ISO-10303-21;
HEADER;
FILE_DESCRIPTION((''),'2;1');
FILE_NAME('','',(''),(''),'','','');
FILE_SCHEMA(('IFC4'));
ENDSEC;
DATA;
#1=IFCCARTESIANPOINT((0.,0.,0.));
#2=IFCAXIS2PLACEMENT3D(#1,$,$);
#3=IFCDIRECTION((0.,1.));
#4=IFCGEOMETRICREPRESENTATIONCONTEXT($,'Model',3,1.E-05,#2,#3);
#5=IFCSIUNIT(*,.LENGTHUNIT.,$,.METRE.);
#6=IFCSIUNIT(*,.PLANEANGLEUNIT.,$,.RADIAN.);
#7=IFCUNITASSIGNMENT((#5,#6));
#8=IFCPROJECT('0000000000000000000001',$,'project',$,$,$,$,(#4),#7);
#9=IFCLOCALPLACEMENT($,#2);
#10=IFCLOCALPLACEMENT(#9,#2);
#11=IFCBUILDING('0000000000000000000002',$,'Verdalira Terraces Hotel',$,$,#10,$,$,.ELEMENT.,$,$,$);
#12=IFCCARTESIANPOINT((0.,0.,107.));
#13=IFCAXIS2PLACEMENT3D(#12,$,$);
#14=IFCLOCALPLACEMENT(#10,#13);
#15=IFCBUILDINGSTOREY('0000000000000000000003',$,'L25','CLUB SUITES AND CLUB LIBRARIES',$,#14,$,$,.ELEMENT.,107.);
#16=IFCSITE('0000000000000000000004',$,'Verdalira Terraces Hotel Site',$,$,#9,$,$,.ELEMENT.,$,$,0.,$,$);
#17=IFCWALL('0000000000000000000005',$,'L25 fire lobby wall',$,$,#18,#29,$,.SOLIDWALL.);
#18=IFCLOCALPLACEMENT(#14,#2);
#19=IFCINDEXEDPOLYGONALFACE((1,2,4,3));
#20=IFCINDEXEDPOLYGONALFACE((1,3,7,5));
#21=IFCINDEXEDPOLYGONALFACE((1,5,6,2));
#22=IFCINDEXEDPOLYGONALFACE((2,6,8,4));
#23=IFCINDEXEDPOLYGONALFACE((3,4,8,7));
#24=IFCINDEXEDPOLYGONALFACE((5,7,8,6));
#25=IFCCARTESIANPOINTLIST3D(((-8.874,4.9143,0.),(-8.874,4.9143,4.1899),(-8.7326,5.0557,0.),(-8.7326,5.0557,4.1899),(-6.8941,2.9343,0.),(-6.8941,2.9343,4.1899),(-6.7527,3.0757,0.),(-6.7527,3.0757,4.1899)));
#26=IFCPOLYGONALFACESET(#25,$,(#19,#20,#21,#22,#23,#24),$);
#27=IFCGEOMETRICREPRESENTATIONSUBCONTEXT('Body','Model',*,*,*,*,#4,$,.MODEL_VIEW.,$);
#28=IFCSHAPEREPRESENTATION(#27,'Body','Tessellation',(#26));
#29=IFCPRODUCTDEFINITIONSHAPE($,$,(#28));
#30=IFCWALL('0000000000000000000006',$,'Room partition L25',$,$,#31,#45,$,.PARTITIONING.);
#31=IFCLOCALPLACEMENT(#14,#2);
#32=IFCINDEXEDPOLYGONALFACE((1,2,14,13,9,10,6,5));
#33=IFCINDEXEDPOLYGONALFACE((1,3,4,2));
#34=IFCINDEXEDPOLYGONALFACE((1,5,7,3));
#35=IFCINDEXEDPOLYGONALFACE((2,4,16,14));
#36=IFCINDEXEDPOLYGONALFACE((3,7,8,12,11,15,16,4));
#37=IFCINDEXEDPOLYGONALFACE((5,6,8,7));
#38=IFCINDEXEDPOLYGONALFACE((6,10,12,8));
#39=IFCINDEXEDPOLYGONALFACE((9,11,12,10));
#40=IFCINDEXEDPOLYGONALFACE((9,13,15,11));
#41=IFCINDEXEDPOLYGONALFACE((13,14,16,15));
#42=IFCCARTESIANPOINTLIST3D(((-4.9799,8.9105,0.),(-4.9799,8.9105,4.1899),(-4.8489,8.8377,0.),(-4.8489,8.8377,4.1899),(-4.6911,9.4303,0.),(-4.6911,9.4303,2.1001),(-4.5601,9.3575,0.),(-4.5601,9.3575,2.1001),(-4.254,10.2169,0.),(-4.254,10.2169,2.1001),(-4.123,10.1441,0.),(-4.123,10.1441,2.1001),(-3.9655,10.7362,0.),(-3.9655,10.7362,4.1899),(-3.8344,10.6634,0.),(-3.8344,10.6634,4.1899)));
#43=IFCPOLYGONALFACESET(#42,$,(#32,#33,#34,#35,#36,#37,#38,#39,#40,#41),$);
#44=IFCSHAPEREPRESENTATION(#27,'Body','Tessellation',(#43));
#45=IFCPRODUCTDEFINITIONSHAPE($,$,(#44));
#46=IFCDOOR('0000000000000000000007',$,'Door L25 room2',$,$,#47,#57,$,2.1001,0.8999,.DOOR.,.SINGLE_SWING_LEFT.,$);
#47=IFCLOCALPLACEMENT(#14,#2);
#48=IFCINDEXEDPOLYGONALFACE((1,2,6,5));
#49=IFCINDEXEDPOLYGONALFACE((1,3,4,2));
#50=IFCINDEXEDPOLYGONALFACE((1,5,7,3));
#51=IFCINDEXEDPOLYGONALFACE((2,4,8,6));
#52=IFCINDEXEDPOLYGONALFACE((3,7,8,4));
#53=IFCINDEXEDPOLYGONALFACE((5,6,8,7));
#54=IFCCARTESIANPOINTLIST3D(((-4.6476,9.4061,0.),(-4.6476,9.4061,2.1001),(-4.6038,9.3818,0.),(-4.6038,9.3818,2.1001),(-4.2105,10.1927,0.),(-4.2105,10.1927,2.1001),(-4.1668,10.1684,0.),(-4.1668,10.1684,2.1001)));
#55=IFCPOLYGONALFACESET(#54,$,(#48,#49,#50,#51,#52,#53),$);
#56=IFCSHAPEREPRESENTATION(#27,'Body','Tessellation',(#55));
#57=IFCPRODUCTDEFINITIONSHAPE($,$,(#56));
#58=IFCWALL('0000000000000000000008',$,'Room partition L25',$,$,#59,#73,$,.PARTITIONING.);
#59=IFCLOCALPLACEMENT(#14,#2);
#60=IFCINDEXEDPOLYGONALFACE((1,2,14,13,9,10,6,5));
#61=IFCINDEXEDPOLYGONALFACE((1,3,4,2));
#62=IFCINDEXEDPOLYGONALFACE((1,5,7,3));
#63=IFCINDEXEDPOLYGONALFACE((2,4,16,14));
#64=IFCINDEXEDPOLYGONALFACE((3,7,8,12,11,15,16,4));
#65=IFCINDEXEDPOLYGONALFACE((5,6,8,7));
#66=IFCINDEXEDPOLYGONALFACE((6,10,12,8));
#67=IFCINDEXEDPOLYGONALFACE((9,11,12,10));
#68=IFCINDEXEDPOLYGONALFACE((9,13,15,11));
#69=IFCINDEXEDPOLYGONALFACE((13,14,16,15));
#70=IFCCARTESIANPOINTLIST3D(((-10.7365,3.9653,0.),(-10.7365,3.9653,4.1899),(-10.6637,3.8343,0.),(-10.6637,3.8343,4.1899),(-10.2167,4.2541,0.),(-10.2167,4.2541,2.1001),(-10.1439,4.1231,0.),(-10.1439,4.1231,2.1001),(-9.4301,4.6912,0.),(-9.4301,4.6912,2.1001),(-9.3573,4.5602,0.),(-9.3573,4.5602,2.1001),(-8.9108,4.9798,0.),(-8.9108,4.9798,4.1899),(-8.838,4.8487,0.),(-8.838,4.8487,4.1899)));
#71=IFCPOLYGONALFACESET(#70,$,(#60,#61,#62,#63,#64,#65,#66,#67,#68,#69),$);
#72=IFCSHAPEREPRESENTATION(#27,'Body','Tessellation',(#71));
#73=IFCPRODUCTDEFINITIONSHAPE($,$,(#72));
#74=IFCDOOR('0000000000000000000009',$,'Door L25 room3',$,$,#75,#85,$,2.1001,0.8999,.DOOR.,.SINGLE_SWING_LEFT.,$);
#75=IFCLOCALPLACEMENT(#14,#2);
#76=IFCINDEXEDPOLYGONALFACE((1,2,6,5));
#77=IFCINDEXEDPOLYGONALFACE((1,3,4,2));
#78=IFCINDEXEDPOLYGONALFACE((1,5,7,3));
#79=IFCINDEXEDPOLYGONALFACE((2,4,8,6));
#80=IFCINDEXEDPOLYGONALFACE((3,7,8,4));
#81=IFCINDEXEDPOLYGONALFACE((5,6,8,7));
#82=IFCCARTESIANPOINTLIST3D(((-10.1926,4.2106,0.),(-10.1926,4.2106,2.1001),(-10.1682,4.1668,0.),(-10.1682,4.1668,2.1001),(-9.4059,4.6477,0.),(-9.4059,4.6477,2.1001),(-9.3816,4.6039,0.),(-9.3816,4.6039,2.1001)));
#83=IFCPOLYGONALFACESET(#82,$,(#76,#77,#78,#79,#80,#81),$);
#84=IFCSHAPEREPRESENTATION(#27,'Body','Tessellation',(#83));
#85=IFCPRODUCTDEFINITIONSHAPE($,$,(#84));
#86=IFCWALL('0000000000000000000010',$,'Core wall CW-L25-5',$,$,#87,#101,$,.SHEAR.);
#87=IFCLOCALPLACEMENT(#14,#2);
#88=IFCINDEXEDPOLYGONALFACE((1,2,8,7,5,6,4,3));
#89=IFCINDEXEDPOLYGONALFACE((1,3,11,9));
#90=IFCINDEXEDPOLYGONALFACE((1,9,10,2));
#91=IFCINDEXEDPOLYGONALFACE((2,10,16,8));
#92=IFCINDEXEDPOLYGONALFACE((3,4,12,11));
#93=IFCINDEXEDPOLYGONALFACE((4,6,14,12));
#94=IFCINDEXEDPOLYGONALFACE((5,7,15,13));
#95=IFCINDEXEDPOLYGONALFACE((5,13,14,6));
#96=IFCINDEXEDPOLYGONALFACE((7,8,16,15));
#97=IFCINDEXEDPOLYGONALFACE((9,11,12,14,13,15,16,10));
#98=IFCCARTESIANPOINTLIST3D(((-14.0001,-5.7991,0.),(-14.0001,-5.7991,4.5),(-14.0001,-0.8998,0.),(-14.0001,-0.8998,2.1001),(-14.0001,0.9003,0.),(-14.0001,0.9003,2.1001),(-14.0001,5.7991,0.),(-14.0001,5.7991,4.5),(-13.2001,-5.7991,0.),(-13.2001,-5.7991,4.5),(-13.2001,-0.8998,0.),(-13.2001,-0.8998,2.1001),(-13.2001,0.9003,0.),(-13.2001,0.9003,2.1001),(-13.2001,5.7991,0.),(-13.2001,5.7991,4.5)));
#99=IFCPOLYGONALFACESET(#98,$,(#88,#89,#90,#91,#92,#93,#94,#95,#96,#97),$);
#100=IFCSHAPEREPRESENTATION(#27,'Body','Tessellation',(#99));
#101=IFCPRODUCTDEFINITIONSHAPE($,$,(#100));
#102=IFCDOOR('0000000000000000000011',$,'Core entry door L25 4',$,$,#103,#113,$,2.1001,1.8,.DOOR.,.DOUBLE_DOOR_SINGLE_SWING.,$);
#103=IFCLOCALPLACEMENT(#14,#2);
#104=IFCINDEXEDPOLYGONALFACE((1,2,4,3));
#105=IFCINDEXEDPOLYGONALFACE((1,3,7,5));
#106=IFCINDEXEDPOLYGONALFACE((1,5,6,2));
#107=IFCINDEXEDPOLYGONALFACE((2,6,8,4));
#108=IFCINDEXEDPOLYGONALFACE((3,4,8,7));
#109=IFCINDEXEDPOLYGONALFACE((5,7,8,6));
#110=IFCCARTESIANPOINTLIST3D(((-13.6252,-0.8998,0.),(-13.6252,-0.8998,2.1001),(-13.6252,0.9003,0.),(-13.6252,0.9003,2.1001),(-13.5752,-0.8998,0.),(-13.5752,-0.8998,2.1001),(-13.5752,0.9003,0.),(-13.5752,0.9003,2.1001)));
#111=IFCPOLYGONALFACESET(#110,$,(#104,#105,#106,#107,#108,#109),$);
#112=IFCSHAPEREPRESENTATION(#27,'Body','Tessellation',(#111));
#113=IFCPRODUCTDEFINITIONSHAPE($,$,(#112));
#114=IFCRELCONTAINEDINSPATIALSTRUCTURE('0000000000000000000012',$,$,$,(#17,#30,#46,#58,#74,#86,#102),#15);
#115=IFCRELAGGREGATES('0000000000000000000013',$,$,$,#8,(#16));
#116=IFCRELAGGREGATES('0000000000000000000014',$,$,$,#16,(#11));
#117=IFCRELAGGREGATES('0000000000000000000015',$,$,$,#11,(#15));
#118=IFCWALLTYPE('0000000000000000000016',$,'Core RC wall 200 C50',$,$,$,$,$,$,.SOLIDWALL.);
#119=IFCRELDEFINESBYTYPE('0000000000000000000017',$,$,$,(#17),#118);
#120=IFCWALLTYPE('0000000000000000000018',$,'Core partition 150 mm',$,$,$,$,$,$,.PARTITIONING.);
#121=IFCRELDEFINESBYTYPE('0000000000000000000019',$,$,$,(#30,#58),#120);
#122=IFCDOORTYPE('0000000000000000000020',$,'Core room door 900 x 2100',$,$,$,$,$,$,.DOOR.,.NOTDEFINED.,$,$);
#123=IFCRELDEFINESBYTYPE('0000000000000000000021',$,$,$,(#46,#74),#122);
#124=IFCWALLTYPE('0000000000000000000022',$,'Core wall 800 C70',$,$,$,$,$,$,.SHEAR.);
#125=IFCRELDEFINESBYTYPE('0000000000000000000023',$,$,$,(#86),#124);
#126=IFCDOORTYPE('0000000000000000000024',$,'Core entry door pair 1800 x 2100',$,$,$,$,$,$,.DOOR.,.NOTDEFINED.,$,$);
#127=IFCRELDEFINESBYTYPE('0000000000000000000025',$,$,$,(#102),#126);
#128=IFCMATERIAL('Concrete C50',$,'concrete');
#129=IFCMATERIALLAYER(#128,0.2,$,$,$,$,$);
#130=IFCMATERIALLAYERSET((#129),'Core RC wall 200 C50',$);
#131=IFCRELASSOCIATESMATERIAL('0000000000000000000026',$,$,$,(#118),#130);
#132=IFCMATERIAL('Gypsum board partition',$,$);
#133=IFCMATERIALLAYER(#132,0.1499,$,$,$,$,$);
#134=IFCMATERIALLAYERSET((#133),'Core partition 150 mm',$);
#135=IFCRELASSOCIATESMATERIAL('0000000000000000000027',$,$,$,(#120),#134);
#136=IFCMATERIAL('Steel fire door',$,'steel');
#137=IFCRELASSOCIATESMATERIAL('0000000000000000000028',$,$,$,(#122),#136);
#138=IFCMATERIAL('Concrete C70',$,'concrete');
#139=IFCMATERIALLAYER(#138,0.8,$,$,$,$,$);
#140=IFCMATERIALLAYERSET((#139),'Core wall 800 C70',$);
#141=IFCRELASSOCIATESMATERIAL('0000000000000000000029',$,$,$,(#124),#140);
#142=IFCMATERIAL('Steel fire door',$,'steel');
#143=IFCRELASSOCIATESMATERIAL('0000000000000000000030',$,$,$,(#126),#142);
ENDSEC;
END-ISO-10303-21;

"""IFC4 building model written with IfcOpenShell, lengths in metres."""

from ifc_helpers import new_model, si_unit, direction, frame, frame_2d, origin, place, context, subcontext, project, spatial, rectangle, extrude, material, layer, layer_set, type_object, element, fill, save


model = new_model("IFC4")

# Units and contexts
model_context = context("Model", 3, precision=1e-05, world=origin(), true_north=direction((0.0, 1.0)))
body_context = subcontext(model_context, "Body", "Model", "MODEL_VIEW")
ifc_project = project(units=[si_unit("LENGTHUNIT", "METRE"), si_unit("PLANEANGLEUNIT", "RADIAN")], contexts=[model_context])

# Site, building, storey
site_placement = place(None, origin())
site = spatial("IfcSite", under=ifc_project, at=site_placement, Name="Verdalira Terraces Hotel Site", CompositionType="ELEMENT", RefElevation=0.0)
building_placement = place(site_placement, origin())
building = spatial("IfcBuilding", under=site, at=building_placement, Name="Verdalira Terraces Hotel", CompositionType="ELEMENT")
storey_placement = place(building_placement, frame((0.0, 0.0, 107.0)))
storey = spatial("IfcBuildingStorey", under=building, at=storey_placement, Name="L25", Description="CLUB SUITES AND CLUB LIBRARIES", CompositionType="ELEMENT", Elevation=107.0)

# Shared definitions
ifc_material_1 = material(Name="Concrete C50", Category="concrete")
ifc_layer_1 = layer(ifc_material_1, 0.2)
ifc_layer_set_1 = layer_set([ifc_layer_1], Name="Core RC wall 200 C50")
wall_type_1 = type_object("IfcWallType", Name="Core RC wall 200 C50", PredefinedType="SOLIDWALL", material=ifc_layer_set_1)

# Wall
for number, where, z_axis, x_axis, name in (
    (1, (-6.8235, 3.0051, 0.0), (0.0, 0.0, 1.0), (-0.707107, 0.707107, 0.0), "L25 fire lobby wall"),
):
    element("IfcWall", number, at=place(storey_placement, frame(where, z_axis=z_axis, x_axis=x_axis)), inside=storey, type_object=wall_type_1, Name=name, PredefinedType="SOLIDWALL", context=body_context, shape_type="SweptSolid", body=[
        extrude(rectangle(XDim=2.8, YDim=0.2, at=frame_2d((1.3999, 0.0))), origin(), (0.0, 0.0, 1.0), 4.1899),
    ])

# Walls, openings, doors
ifc_material_2 = material(Name="Gypsum board partition")
ifc_layer_2 = layer(ifc_material_2, 0.1499)
ifc_layer_set_2 = layer_set([ifc_layer_2], Name="Core partition 150 mm")
wall_type_2 = type_object("IfcWallType", Name="Core partition 150 mm", PredefinedType="PARTITIONING", material=ifc_layer_set_2)
wall_1_placement = place(storey_placement, frame((-3.8999, 10.7, 0.0), z_axis=(0.0, 0.0, 1.0), x_axis=(-0.485693, -0.87413, 0.0)))
wall_1 = element("IfcWall", 2, at=wall_1_placement, inside=storey, type_object=wall_type_2, Name="Room partition L25", PredefinedType="PARTITIONING", context=body_context, shape_type="SweptSolid", body=[
    extrude(rectangle(XDim=2.0886, YDim=0.1499, at=frame_2d((1.0444, 0.0))), origin(), (0.0, 0.0, 1.0), 4.1899),
])
opening_1_placement = place(wall_1_placement, frame((0.5942, 0.0, 0.0)))
opening_1 = element("IfcOpeningElement", 3, at=opening_1_placement, cuts=wall_1, PredefinedType="OPENING", context=body_context, shape_type="SweptSolid", body=[
    extrude(rectangle(XDim=0.8999, YDim=2.1001, at=frame_2d((0.45, 1.05))), frame((0.0, 0.085, 0.0), z_axis=(0.0, -1.0, 0.0), x_axis=(1.0, 0.0, 0.0)), (0.0, 0.0, 1.0), 0.1699),
])
ifc_material_3 = material(Name="Steel fire door", Category="steel")
door_type_1 = type_object("IfcDoorType", Name="Core room door 900 x 2100", OperationType="NOTDEFINED", PredefinedType="DOOR", material=ifc_material_3)
door_1_placement = place(opening_1_placement, origin())
door_1 = element("IfcDoor", 4, at=door_1_placement, inside=storey, type_object=door_type_1, Name="Door L25 room2", OperationType="SINGLE_SWING_LEFT", OverallHeight=2.1001, OverallWidth=0.8999, PredefinedType="DOOR", context=body_context, shape_type="SweptSolid", body=[
    extrude(rectangle(XDim=0.8999, YDim=2.1001, at=frame_2d((0.45, 1.05))), frame((0.0, 0.0249, 0.0), z_axis=(0.0, -1.0, 0.0), x_axis=(1.0, 0.0, 0.0)), (0.0, 0.0, 1.0), 0.05),
])
fill(opening_1, door_1)
wall_2_placement = place(storey_placement, frame((-8.8743, 4.9143, 0.0), z_axis=(0.0, 0.0, 1.0), x_axis=(-0.87413, -0.485693, 0.0)))
wall_2 = element("IfcWall", 5, at=wall_2_placement, inside=storey, type_object=wall_type_2, Name="Room partition L25", PredefinedType="PARTITIONING", context=body_context, shape_type="SweptSolid", body=[
    extrude(rectangle(XDim=2.0886, YDim=0.1499, at=frame_2d((1.0444, 0.0))), origin(), (0.0, 0.0, 1.0), 4.1899),
])
opening_2_placement = place(wall_2_placement, frame((0.5942, 0.0, 0.0)))
opening_2 = element("IfcOpeningElement", 6, at=opening_2_placement, cuts=wall_2, PredefinedType="OPENING", context=body_context, shape_type="SweptSolid", body=[
    extrude(rectangle(XDim=0.8999, YDim=2.1001, at=frame_2d((0.45, 1.05))), frame((0.0, 0.085, 0.0), z_axis=(0.0, -1.0, 0.0), x_axis=(1.0, 0.0, 0.0)), (0.0, 0.0, 1.0), 0.1699),
])
door_2_placement = place(opening_2_placement, origin())
door_2 = element("IfcDoor", 7, at=door_2_placement, inside=storey, type_object=door_type_1, Name="Door L25 room3", OperationType="SINGLE_SWING_LEFT", OverallHeight=2.1001, OverallWidth=0.8999, PredefinedType="DOOR", context=body_context, shape_type="SweptSolid", body=[
    extrude(rectangle(XDim=0.8999, YDim=2.1001, at=frame_2d((0.45, 1.05))), frame((0.0, 0.0249, 0.0), z_axis=(0.0, -1.0, 0.0), x_axis=(1.0, 0.0, 0.0)), (0.0, 0.0, 1.0), 0.05),
])
fill(opening_2, door_2)
ifc_material_4 = material(Name="Concrete C70", Category="concrete")
ifc_layer_3 = layer(ifc_material_4, 0.8)
ifc_layer_set_3 = layer_set([ifc_layer_3], Name="Core wall 800 C70")
wall_type_3 = type_object("IfcWallType", Name="Core wall 800 C70", PredefinedType="SHEAR", material=ifc_layer_set_3)
wall_3_placement = place(storey_placement, frame((-13.6001, 5.7991, 0.0), z_axis=(0.0, 0.0, 1.0), x_axis=(0.0, -1.0, 0.0)))
wall_3 = element("IfcWall", 8, at=wall_3_placement, inside=storey, type_object=wall_type_3, Name="Core wall CW-L25-5", PredefinedType="SHEAR", context=body_context, shape_type="SweptSolid", body=[
    extrude(rectangle(XDim=11.5981, YDim=0.8, at=frame_2d((5.7991, 0.0))), origin(), (0.0, 0.0, 1.0), 4.5),
])
opening_3_placement = place(wall_3_placement, frame((4.8989, 0.0, 0.0)))
opening_3 = element("IfcOpeningElement", 9, at=opening_3_placement, cuts=wall_3, PredefinedType="OPENING", context=body_context, shape_type="SweptSolid", body=[
    extrude(rectangle(XDim=1.8, YDim=2.1001, at=frame_2d((0.8999, 1.05))), frame((0.0, 0.4099, 0.0), z_axis=(0.0, -1.0, 0.0), x_axis=(1.0, 0.0, 0.0)), (0.0, 0.0, 1.0), 0.8201),
])
ifc_material_5 = material(Name="Steel fire door", Category="steel")
door_type_2 = type_object("IfcDoorType", Name="Core entry door pair 1800 x 2100", OperationType="NOTDEFINED", PredefinedType="DOOR", material=ifc_material_5)
door_3_placement = place(opening_3_placement, origin())
door_3 = element("IfcDoor", 10, at=door_3_placement, inside=storey, type_object=door_type_2, Name="Core entry door L25 4", OperationType="DOUBLE_DOOR_SINGLE_SWING", OverallHeight=2.1001, OverallWidth=1.8, PredefinedType="DOOR", context=body_context, shape_type="SweptSolid", body=[
    extrude(rectangle(XDim=1.8, YDim=2.1001, at=frame_2d((0.8999, 1.05))), frame((0.0, 0.0249, 0.0), z_axis=(0.0, -1.0, 0.0), x_axis=(1.0, 0.0, 0.0)), (0.0, 0.0, 1.0), 0.05),
])
fill(opening_3, door_3)

save(model, "model.ifc")
